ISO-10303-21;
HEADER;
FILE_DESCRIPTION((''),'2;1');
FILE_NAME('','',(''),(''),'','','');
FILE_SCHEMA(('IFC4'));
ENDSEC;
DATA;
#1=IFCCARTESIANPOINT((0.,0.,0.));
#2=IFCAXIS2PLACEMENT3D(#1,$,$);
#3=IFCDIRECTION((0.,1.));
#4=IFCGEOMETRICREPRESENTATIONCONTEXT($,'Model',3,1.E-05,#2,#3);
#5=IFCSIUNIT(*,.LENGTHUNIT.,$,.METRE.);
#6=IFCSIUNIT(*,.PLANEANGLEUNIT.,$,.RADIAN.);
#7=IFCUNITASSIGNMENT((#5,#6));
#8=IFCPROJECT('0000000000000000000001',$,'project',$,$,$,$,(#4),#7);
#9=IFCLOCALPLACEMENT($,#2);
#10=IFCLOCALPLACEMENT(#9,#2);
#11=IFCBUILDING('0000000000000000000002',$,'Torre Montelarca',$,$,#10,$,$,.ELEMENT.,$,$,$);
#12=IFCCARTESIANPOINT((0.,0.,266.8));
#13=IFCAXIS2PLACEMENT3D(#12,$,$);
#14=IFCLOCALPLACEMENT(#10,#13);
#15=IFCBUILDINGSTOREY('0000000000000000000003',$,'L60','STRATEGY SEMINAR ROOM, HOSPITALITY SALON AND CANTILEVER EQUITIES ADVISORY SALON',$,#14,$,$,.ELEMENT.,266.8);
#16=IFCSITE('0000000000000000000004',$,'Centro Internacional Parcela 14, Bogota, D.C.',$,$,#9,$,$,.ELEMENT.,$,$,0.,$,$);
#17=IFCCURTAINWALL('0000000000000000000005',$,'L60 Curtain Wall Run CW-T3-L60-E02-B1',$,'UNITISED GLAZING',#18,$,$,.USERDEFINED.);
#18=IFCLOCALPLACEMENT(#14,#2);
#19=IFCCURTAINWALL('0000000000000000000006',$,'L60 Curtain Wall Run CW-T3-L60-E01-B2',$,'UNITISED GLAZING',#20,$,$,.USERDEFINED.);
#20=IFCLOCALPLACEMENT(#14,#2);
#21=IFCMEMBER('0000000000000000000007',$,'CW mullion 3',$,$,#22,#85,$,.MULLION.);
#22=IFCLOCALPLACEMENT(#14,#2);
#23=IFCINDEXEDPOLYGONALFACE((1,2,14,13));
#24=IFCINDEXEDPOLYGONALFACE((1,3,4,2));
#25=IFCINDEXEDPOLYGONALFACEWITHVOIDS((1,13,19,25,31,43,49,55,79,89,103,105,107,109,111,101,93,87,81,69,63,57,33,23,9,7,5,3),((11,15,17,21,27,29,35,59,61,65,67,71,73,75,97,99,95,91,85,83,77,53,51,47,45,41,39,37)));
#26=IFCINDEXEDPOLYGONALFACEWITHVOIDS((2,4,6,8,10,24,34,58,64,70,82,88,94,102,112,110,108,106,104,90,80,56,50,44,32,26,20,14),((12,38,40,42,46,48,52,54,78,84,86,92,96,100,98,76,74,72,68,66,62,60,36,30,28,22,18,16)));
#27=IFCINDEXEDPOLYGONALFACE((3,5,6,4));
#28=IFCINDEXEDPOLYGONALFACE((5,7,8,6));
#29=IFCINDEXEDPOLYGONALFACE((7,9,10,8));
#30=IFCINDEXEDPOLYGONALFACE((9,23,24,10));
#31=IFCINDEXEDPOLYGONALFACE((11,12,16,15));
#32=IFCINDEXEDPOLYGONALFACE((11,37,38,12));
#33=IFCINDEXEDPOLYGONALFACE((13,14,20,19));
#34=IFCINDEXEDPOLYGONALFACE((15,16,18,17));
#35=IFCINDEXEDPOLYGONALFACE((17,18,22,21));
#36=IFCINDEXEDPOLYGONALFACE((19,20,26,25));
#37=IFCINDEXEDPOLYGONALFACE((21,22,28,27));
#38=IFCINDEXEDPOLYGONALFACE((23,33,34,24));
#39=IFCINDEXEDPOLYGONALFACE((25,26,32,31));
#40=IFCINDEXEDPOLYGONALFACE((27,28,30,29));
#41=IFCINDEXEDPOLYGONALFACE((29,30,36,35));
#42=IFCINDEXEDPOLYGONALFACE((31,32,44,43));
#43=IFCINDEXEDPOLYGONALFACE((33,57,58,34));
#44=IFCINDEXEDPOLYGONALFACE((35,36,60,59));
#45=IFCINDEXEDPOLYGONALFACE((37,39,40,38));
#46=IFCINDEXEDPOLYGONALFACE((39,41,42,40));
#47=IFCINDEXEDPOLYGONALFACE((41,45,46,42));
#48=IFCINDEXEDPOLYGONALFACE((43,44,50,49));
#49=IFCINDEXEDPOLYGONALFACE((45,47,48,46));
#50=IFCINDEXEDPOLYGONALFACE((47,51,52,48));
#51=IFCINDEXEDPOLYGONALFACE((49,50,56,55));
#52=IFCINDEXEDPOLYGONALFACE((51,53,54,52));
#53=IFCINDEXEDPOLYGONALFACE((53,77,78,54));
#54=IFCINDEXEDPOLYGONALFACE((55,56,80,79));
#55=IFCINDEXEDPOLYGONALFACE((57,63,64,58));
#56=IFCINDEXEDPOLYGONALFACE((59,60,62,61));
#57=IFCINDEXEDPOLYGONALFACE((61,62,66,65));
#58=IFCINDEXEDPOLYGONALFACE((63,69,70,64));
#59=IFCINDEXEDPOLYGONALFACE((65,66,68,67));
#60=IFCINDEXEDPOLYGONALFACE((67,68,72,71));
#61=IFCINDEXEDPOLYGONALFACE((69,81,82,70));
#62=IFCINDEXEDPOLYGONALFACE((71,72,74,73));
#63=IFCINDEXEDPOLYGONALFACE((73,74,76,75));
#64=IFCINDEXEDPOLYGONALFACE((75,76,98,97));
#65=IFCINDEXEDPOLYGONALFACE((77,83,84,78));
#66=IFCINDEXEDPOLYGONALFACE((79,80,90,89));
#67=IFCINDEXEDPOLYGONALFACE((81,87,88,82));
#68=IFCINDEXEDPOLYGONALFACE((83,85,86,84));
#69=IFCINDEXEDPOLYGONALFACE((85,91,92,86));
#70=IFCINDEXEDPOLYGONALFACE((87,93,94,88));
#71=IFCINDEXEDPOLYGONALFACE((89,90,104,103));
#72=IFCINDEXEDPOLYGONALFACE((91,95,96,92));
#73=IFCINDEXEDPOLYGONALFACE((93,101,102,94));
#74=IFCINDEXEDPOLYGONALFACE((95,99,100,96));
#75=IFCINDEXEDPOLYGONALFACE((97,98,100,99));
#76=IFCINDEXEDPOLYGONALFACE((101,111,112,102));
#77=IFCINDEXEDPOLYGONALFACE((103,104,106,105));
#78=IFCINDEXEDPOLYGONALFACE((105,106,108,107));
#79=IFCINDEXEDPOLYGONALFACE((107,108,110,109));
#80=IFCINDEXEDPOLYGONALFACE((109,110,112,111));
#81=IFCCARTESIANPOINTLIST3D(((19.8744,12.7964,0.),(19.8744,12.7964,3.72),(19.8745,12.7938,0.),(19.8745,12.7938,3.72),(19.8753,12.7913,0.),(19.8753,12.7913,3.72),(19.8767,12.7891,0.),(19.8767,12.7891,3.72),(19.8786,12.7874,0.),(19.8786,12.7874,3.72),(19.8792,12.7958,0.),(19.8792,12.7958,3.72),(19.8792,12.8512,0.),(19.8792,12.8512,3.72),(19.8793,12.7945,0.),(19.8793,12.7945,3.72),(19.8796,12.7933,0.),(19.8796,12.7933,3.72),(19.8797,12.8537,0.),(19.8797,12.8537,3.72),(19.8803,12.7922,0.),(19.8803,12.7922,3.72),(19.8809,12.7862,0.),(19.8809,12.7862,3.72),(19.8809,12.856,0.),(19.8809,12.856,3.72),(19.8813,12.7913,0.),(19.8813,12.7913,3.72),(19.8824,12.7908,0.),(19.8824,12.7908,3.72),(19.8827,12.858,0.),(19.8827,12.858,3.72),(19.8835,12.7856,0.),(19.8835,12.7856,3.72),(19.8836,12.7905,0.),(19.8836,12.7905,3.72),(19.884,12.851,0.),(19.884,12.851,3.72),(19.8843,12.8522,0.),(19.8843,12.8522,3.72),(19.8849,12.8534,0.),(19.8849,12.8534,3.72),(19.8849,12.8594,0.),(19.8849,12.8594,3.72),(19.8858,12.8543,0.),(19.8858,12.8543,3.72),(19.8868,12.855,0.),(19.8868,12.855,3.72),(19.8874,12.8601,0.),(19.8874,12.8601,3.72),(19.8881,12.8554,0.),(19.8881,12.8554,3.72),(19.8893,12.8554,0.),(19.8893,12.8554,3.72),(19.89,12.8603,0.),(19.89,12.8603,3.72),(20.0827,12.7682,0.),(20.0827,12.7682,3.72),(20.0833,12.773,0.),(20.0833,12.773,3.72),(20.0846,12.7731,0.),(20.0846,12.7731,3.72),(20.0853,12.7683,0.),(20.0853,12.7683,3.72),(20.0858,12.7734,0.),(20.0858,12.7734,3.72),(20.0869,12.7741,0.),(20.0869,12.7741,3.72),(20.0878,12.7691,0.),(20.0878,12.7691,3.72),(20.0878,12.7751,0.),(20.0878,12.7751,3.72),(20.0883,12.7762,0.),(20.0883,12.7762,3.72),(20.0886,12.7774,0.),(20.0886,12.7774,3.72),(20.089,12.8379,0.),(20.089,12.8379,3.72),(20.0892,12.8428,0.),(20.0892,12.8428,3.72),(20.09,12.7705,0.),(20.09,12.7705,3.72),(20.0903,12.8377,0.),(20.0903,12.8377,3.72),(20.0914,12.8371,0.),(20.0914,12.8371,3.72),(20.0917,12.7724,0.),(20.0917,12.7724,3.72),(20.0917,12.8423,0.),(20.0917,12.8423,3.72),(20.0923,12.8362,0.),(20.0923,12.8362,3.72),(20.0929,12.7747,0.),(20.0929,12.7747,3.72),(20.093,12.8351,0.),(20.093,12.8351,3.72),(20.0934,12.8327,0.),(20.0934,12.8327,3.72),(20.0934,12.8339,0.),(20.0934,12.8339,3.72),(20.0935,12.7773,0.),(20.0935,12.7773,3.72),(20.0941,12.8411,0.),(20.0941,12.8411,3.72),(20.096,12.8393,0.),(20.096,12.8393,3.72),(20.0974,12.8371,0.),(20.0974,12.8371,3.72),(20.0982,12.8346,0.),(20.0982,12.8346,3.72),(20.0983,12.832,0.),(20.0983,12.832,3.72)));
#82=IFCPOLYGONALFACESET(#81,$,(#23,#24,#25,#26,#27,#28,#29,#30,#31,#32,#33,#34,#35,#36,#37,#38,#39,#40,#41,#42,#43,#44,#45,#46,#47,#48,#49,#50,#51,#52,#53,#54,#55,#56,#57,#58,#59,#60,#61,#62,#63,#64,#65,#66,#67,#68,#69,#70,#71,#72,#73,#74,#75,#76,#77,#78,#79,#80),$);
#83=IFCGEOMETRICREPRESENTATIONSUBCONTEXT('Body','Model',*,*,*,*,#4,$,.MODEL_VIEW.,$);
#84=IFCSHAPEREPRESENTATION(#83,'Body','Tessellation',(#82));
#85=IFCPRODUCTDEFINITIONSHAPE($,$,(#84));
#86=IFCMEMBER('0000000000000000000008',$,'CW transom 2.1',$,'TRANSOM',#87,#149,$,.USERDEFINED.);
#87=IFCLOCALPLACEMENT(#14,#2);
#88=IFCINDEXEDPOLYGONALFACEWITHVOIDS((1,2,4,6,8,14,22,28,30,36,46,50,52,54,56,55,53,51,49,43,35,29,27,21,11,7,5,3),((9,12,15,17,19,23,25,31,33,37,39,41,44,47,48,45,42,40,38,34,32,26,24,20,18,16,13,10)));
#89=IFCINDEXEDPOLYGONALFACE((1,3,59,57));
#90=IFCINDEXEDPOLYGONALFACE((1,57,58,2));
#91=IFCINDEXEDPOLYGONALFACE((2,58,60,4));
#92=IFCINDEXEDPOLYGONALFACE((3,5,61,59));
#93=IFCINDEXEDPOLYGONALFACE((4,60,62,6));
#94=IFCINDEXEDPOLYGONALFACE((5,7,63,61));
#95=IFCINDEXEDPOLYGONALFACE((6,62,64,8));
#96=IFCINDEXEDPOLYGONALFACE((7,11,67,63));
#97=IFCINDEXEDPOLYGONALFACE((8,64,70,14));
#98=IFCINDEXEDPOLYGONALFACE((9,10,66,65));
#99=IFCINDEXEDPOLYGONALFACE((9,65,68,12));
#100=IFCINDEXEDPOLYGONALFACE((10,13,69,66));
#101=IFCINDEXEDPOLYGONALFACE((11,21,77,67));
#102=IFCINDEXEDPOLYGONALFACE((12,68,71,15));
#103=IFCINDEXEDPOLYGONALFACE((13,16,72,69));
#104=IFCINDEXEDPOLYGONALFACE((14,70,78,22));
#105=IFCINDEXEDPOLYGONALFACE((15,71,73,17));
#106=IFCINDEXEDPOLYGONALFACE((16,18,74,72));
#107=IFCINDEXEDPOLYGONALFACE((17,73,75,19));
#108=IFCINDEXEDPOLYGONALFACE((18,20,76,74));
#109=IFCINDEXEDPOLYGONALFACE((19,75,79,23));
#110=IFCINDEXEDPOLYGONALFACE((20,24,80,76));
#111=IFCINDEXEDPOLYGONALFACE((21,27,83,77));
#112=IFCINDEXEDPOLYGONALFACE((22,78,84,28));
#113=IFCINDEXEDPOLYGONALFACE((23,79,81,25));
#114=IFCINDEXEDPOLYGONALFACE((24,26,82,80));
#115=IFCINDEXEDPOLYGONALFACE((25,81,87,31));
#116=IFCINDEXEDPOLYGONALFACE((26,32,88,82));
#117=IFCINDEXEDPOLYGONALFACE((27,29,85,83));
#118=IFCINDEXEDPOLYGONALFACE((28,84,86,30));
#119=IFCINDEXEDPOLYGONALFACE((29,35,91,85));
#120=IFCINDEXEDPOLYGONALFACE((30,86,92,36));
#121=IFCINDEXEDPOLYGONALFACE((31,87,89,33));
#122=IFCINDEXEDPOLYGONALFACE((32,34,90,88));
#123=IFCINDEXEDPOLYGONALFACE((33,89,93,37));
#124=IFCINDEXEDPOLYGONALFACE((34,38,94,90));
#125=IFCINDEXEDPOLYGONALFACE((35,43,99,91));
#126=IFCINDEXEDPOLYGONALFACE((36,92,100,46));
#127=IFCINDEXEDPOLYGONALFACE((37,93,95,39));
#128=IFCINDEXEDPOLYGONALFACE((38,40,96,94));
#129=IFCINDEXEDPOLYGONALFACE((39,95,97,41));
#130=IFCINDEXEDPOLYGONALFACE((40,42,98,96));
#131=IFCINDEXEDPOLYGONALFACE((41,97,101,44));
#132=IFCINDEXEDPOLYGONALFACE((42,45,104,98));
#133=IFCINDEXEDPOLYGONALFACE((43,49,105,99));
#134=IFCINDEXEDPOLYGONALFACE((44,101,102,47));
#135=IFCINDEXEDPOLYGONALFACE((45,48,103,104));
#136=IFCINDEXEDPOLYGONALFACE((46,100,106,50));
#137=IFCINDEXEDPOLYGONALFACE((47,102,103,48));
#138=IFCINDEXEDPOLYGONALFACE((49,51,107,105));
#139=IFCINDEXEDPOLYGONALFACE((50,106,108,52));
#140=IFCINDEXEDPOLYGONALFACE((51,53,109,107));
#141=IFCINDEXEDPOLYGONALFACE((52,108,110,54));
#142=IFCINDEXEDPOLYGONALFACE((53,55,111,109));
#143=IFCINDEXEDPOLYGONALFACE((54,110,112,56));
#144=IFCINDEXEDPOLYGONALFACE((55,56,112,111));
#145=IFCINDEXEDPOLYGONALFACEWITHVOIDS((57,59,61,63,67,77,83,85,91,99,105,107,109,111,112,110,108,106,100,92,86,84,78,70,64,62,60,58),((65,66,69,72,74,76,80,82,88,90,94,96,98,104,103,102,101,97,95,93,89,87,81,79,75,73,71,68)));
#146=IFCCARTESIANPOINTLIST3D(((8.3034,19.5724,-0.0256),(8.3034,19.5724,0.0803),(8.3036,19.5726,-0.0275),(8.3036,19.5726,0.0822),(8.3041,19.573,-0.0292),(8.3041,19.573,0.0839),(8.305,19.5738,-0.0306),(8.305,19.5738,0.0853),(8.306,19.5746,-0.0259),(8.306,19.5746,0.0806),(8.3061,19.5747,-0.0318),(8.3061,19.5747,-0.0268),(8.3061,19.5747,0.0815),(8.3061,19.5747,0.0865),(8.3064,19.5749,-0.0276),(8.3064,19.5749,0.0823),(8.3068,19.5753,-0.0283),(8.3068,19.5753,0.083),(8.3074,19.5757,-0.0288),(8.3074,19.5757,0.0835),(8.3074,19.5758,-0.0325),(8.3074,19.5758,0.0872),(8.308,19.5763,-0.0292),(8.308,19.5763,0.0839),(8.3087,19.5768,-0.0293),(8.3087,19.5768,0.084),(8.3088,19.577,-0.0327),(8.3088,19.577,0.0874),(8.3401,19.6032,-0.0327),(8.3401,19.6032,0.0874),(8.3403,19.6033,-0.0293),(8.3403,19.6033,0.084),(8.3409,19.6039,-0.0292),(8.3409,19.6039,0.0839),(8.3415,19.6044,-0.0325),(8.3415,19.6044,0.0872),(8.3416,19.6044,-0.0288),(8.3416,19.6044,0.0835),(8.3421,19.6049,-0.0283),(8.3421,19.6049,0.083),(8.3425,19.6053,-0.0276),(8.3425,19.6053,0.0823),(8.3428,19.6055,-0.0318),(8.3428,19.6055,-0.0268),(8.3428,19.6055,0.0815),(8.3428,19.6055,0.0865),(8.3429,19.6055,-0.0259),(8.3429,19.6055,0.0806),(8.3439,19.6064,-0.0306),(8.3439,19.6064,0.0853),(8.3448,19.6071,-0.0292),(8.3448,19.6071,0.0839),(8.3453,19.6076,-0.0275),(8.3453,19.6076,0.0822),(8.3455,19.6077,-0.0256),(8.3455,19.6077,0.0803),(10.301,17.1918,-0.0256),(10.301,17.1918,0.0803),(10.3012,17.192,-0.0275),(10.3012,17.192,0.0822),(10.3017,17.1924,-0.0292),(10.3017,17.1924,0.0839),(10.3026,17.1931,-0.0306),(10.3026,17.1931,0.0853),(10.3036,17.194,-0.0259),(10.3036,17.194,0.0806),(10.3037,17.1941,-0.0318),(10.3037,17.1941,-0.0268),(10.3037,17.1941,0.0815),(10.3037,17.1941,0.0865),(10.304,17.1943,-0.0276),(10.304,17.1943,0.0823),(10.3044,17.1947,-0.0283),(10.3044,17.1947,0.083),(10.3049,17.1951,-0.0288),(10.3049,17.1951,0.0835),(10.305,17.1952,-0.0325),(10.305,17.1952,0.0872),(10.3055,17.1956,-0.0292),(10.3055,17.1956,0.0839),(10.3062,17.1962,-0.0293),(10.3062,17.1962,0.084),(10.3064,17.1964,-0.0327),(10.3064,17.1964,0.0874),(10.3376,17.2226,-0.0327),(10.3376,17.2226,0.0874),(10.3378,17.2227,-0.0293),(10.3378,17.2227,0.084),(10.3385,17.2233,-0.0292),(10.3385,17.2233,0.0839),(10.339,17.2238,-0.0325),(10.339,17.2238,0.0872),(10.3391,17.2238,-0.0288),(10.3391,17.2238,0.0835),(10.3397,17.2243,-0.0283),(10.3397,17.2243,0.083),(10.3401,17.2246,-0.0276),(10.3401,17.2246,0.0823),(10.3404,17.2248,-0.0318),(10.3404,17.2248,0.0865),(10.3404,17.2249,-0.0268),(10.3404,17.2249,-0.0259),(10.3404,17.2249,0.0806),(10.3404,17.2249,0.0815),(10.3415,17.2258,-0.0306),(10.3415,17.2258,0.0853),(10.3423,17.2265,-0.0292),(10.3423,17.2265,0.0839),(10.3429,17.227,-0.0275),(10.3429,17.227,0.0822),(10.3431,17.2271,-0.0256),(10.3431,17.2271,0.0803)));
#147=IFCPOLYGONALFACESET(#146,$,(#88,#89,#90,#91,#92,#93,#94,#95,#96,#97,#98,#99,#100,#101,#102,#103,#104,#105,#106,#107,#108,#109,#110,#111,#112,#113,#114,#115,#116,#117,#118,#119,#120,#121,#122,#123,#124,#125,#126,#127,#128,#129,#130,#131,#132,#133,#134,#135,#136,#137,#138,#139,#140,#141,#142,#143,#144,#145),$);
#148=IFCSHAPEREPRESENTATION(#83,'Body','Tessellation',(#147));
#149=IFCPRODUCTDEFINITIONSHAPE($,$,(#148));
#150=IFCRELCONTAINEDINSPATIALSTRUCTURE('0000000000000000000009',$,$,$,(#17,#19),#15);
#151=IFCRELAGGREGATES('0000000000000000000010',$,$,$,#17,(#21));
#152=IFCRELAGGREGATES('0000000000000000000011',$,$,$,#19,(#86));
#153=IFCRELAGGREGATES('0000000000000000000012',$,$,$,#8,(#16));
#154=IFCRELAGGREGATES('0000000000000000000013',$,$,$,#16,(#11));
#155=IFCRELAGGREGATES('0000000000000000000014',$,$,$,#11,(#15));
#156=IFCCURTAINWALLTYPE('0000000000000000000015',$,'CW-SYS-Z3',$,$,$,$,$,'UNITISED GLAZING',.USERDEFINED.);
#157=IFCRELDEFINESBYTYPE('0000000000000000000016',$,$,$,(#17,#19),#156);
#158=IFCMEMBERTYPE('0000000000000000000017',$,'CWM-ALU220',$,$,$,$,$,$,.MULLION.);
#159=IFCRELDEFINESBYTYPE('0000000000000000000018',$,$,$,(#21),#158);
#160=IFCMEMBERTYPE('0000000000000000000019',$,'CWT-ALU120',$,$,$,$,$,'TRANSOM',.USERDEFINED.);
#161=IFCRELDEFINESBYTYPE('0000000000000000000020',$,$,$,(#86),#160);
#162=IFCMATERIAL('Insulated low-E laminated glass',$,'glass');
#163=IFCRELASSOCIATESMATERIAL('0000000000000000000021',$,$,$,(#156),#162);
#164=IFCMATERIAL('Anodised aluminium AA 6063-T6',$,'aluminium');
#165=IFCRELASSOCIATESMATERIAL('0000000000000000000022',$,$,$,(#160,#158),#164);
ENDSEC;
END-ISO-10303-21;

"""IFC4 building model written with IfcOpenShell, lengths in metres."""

from ifc_helpers import new_model, si_unit, direction, frame, origin, origin_2d, place, context, subcontext, project, spatial, hollow_rectangle, extrude, source, transform, mapped, material, material_profile, profile_set, type_object, element, aggregate, save


model = new_model("IFC4")

# Units and contexts
model_context = context("Model", 3, precision=1e-05, world=origin(), true_north=direction((0.0, 1.0)))
body_context = subcontext(model_context, "Body", "Model", "MODEL_VIEW")
ifc_project = project(units=[si_unit("LENGTHUNIT", "METRE"), si_unit("PLANEANGLEUNIT", "RADIAN")], contexts=[model_context])

# Site, building, storey
site_placement = place(None, origin())
site = spatial("IfcSite", under=ifc_project, at=site_placement, Name="Centro Internacional Parcela 14, Bogota, D.C.", CompositionType="ELEMENT", RefElevation=0.0)
building_placement = place(site_placement, origin())
building = spatial("IfcBuilding", under=site, at=building_placement, Name="Torre Montelarca", CompositionType="ELEMENT")
storey_placement = place(building_placement, frame((0.0, 0.0, 266.8)))
storey = spatial("IfcBuildingStorey", under=building, at=storey_placement, Name="L60", Description="STRATEGY SEMINAR ROOM, HOSPITALITY SALON AND CANTILEVER EQUITIES ADVISORY SALON", CompositionType="ELEMENT", Elevation=266.8)

# Curtain walls
ifc_material_1 = material(Name="Insulated low-E laminated glass", Category="glass")
curtain_wall_type = type_object("IfcCurtainWallType", Name="CW-SYS-Z3", ElementType="UNITISED GLAZING", PredefinedType="USERDEFINED", material=ifc_material_1)
curtain_wall_1_placement = place(storey_placement, origin())
curtain_wall_1 = element("IfcCurtainWall", 1, at=curtain_wall_1_placement, inside=storey, type_object=curtain_wall_type, Name="L60 Curtain Wall Run CW-T3-L60-E02-B1", ObjectType="UNITISED GLAZING", PredefinedType="USERDEFINED")
ifc_material_2 = material(Name="Anodised aluminium AA 6063-T6", Category="aluminium")
ifc_material_profile_1 = material_profile(ifc_material_2, hollow_rectangle(XDim=0.0549, YDim=0.1201, WallThickness=0.0034, InnerFilletRadius=0.0034, OuterFilletRadius=0.0071, at=origin_2d()), Name="ALU55X120X3.5", Category="aluminium")
ifc_profile_set_1 = profile_set([ifc_material_profile_1], Name="Anodised aluminium AA 6063-T6")
member_type_1 = type_object("IfcMemberType", Name="CWT-ALU120", ElementType="TRANSOM", PredefinedType="USERDEFINED", material=ifc_profile_set_1)
curtain_wall_2_placement = place(storey_placement, origin())
curtain_wall_2 = element("IfcCurtainWall", 2, at=curtain_wall_2_placement, inside=storey, type_object=curtain_wall_type, Name="L60 Curtain Wall Run CW-T3-L60-E01-B2", ObjectType="UNITISED GLAZING", PredefinedType="USERDEFINED")
ifc_material_profile_2 = material_profile(ifc_material_2, hollow_rectangle(XDim=0.075, YDim=0.22, WallThickness=0.0049, InnerFilletRadius=0.0049, OuterFilletRadius=0.01, at=origin_2d()), Name="ALU75X220X5", Category="aluminium")
ifc_profile_set_2 = profile_set([ifc_material_profile_2], Name="Anodised aluminium AA 6063-T6")
member_type_2 = type_object("IfcMemberType", Name="CWM-ALU220", PredefinedType="MULLION", material=ifc_profile_set_2)
shared_shape_1 = source(origin(), body_context, "Body", "SweptSolid", [
    extrude(hollow_rectangle(XDim=0.075, YDim=0.22, WallThickness=0.0049, InnerFilletRadius=0.0049, OuterFilletRadius=0.01, at=origin_2d()), origin(), (0.0, 0.0, 1.0), 3.72),
])

# Members
member_1_placement = place(storey_placement, frame((19.9863, 12.8142, 0.0), z_axis=(0.0, 0.0, 1.0), x_axis=(0.087174, 0.996193, 0.0)))
member_1 = element("IfcMember", 3, at=member_1_placement, type_object=member_type_2, Name="CW mullion 3", PredefinedType="MULLION", context=body_context, shape_type="MappedRepresentation", body=[
    mapped(shared_shape_1, transform((0.0, 0.0, 0.0), scale=1.0)),
])
shared_shape_2 = source(origin(), body_context, "Body", "SweptSolid", [
    extrude(hollow_rectangle(XDim=0.0549, YDim=0.1201, WallThickness=0.0034, InnerFilletRadius=0.0034, OuterFilletRadius=0.0071, at=origin_2d()), origin(), (0.0, 0.0, 1.0), 3.1077),
])
member_2_placement = place(storey_placement, frame((8.3245, 19.5901, 0.0273), z_axis=(0.642785, -0.766047, 0.0), x_axis=(0.766047, 0.642785, 0.0)))
member_2 = element("IfcMember", 4, at=member_2_placement, type_object=member_type_1, Name="CW transom 2.1", ObjectType="TRANSOM", PredefinedType="USERDEFINED", context=body_context, shape_type="MappedRepresentation", body=[
    mapped(shared_shape_2, transform((0.0, 0.0, 0.0), scale=1.0)),
])

aggregate(curtain_wall_1, [member_1])
aggregate(curtain_wall_2, [member_2])

save(model, "model.ifc")
